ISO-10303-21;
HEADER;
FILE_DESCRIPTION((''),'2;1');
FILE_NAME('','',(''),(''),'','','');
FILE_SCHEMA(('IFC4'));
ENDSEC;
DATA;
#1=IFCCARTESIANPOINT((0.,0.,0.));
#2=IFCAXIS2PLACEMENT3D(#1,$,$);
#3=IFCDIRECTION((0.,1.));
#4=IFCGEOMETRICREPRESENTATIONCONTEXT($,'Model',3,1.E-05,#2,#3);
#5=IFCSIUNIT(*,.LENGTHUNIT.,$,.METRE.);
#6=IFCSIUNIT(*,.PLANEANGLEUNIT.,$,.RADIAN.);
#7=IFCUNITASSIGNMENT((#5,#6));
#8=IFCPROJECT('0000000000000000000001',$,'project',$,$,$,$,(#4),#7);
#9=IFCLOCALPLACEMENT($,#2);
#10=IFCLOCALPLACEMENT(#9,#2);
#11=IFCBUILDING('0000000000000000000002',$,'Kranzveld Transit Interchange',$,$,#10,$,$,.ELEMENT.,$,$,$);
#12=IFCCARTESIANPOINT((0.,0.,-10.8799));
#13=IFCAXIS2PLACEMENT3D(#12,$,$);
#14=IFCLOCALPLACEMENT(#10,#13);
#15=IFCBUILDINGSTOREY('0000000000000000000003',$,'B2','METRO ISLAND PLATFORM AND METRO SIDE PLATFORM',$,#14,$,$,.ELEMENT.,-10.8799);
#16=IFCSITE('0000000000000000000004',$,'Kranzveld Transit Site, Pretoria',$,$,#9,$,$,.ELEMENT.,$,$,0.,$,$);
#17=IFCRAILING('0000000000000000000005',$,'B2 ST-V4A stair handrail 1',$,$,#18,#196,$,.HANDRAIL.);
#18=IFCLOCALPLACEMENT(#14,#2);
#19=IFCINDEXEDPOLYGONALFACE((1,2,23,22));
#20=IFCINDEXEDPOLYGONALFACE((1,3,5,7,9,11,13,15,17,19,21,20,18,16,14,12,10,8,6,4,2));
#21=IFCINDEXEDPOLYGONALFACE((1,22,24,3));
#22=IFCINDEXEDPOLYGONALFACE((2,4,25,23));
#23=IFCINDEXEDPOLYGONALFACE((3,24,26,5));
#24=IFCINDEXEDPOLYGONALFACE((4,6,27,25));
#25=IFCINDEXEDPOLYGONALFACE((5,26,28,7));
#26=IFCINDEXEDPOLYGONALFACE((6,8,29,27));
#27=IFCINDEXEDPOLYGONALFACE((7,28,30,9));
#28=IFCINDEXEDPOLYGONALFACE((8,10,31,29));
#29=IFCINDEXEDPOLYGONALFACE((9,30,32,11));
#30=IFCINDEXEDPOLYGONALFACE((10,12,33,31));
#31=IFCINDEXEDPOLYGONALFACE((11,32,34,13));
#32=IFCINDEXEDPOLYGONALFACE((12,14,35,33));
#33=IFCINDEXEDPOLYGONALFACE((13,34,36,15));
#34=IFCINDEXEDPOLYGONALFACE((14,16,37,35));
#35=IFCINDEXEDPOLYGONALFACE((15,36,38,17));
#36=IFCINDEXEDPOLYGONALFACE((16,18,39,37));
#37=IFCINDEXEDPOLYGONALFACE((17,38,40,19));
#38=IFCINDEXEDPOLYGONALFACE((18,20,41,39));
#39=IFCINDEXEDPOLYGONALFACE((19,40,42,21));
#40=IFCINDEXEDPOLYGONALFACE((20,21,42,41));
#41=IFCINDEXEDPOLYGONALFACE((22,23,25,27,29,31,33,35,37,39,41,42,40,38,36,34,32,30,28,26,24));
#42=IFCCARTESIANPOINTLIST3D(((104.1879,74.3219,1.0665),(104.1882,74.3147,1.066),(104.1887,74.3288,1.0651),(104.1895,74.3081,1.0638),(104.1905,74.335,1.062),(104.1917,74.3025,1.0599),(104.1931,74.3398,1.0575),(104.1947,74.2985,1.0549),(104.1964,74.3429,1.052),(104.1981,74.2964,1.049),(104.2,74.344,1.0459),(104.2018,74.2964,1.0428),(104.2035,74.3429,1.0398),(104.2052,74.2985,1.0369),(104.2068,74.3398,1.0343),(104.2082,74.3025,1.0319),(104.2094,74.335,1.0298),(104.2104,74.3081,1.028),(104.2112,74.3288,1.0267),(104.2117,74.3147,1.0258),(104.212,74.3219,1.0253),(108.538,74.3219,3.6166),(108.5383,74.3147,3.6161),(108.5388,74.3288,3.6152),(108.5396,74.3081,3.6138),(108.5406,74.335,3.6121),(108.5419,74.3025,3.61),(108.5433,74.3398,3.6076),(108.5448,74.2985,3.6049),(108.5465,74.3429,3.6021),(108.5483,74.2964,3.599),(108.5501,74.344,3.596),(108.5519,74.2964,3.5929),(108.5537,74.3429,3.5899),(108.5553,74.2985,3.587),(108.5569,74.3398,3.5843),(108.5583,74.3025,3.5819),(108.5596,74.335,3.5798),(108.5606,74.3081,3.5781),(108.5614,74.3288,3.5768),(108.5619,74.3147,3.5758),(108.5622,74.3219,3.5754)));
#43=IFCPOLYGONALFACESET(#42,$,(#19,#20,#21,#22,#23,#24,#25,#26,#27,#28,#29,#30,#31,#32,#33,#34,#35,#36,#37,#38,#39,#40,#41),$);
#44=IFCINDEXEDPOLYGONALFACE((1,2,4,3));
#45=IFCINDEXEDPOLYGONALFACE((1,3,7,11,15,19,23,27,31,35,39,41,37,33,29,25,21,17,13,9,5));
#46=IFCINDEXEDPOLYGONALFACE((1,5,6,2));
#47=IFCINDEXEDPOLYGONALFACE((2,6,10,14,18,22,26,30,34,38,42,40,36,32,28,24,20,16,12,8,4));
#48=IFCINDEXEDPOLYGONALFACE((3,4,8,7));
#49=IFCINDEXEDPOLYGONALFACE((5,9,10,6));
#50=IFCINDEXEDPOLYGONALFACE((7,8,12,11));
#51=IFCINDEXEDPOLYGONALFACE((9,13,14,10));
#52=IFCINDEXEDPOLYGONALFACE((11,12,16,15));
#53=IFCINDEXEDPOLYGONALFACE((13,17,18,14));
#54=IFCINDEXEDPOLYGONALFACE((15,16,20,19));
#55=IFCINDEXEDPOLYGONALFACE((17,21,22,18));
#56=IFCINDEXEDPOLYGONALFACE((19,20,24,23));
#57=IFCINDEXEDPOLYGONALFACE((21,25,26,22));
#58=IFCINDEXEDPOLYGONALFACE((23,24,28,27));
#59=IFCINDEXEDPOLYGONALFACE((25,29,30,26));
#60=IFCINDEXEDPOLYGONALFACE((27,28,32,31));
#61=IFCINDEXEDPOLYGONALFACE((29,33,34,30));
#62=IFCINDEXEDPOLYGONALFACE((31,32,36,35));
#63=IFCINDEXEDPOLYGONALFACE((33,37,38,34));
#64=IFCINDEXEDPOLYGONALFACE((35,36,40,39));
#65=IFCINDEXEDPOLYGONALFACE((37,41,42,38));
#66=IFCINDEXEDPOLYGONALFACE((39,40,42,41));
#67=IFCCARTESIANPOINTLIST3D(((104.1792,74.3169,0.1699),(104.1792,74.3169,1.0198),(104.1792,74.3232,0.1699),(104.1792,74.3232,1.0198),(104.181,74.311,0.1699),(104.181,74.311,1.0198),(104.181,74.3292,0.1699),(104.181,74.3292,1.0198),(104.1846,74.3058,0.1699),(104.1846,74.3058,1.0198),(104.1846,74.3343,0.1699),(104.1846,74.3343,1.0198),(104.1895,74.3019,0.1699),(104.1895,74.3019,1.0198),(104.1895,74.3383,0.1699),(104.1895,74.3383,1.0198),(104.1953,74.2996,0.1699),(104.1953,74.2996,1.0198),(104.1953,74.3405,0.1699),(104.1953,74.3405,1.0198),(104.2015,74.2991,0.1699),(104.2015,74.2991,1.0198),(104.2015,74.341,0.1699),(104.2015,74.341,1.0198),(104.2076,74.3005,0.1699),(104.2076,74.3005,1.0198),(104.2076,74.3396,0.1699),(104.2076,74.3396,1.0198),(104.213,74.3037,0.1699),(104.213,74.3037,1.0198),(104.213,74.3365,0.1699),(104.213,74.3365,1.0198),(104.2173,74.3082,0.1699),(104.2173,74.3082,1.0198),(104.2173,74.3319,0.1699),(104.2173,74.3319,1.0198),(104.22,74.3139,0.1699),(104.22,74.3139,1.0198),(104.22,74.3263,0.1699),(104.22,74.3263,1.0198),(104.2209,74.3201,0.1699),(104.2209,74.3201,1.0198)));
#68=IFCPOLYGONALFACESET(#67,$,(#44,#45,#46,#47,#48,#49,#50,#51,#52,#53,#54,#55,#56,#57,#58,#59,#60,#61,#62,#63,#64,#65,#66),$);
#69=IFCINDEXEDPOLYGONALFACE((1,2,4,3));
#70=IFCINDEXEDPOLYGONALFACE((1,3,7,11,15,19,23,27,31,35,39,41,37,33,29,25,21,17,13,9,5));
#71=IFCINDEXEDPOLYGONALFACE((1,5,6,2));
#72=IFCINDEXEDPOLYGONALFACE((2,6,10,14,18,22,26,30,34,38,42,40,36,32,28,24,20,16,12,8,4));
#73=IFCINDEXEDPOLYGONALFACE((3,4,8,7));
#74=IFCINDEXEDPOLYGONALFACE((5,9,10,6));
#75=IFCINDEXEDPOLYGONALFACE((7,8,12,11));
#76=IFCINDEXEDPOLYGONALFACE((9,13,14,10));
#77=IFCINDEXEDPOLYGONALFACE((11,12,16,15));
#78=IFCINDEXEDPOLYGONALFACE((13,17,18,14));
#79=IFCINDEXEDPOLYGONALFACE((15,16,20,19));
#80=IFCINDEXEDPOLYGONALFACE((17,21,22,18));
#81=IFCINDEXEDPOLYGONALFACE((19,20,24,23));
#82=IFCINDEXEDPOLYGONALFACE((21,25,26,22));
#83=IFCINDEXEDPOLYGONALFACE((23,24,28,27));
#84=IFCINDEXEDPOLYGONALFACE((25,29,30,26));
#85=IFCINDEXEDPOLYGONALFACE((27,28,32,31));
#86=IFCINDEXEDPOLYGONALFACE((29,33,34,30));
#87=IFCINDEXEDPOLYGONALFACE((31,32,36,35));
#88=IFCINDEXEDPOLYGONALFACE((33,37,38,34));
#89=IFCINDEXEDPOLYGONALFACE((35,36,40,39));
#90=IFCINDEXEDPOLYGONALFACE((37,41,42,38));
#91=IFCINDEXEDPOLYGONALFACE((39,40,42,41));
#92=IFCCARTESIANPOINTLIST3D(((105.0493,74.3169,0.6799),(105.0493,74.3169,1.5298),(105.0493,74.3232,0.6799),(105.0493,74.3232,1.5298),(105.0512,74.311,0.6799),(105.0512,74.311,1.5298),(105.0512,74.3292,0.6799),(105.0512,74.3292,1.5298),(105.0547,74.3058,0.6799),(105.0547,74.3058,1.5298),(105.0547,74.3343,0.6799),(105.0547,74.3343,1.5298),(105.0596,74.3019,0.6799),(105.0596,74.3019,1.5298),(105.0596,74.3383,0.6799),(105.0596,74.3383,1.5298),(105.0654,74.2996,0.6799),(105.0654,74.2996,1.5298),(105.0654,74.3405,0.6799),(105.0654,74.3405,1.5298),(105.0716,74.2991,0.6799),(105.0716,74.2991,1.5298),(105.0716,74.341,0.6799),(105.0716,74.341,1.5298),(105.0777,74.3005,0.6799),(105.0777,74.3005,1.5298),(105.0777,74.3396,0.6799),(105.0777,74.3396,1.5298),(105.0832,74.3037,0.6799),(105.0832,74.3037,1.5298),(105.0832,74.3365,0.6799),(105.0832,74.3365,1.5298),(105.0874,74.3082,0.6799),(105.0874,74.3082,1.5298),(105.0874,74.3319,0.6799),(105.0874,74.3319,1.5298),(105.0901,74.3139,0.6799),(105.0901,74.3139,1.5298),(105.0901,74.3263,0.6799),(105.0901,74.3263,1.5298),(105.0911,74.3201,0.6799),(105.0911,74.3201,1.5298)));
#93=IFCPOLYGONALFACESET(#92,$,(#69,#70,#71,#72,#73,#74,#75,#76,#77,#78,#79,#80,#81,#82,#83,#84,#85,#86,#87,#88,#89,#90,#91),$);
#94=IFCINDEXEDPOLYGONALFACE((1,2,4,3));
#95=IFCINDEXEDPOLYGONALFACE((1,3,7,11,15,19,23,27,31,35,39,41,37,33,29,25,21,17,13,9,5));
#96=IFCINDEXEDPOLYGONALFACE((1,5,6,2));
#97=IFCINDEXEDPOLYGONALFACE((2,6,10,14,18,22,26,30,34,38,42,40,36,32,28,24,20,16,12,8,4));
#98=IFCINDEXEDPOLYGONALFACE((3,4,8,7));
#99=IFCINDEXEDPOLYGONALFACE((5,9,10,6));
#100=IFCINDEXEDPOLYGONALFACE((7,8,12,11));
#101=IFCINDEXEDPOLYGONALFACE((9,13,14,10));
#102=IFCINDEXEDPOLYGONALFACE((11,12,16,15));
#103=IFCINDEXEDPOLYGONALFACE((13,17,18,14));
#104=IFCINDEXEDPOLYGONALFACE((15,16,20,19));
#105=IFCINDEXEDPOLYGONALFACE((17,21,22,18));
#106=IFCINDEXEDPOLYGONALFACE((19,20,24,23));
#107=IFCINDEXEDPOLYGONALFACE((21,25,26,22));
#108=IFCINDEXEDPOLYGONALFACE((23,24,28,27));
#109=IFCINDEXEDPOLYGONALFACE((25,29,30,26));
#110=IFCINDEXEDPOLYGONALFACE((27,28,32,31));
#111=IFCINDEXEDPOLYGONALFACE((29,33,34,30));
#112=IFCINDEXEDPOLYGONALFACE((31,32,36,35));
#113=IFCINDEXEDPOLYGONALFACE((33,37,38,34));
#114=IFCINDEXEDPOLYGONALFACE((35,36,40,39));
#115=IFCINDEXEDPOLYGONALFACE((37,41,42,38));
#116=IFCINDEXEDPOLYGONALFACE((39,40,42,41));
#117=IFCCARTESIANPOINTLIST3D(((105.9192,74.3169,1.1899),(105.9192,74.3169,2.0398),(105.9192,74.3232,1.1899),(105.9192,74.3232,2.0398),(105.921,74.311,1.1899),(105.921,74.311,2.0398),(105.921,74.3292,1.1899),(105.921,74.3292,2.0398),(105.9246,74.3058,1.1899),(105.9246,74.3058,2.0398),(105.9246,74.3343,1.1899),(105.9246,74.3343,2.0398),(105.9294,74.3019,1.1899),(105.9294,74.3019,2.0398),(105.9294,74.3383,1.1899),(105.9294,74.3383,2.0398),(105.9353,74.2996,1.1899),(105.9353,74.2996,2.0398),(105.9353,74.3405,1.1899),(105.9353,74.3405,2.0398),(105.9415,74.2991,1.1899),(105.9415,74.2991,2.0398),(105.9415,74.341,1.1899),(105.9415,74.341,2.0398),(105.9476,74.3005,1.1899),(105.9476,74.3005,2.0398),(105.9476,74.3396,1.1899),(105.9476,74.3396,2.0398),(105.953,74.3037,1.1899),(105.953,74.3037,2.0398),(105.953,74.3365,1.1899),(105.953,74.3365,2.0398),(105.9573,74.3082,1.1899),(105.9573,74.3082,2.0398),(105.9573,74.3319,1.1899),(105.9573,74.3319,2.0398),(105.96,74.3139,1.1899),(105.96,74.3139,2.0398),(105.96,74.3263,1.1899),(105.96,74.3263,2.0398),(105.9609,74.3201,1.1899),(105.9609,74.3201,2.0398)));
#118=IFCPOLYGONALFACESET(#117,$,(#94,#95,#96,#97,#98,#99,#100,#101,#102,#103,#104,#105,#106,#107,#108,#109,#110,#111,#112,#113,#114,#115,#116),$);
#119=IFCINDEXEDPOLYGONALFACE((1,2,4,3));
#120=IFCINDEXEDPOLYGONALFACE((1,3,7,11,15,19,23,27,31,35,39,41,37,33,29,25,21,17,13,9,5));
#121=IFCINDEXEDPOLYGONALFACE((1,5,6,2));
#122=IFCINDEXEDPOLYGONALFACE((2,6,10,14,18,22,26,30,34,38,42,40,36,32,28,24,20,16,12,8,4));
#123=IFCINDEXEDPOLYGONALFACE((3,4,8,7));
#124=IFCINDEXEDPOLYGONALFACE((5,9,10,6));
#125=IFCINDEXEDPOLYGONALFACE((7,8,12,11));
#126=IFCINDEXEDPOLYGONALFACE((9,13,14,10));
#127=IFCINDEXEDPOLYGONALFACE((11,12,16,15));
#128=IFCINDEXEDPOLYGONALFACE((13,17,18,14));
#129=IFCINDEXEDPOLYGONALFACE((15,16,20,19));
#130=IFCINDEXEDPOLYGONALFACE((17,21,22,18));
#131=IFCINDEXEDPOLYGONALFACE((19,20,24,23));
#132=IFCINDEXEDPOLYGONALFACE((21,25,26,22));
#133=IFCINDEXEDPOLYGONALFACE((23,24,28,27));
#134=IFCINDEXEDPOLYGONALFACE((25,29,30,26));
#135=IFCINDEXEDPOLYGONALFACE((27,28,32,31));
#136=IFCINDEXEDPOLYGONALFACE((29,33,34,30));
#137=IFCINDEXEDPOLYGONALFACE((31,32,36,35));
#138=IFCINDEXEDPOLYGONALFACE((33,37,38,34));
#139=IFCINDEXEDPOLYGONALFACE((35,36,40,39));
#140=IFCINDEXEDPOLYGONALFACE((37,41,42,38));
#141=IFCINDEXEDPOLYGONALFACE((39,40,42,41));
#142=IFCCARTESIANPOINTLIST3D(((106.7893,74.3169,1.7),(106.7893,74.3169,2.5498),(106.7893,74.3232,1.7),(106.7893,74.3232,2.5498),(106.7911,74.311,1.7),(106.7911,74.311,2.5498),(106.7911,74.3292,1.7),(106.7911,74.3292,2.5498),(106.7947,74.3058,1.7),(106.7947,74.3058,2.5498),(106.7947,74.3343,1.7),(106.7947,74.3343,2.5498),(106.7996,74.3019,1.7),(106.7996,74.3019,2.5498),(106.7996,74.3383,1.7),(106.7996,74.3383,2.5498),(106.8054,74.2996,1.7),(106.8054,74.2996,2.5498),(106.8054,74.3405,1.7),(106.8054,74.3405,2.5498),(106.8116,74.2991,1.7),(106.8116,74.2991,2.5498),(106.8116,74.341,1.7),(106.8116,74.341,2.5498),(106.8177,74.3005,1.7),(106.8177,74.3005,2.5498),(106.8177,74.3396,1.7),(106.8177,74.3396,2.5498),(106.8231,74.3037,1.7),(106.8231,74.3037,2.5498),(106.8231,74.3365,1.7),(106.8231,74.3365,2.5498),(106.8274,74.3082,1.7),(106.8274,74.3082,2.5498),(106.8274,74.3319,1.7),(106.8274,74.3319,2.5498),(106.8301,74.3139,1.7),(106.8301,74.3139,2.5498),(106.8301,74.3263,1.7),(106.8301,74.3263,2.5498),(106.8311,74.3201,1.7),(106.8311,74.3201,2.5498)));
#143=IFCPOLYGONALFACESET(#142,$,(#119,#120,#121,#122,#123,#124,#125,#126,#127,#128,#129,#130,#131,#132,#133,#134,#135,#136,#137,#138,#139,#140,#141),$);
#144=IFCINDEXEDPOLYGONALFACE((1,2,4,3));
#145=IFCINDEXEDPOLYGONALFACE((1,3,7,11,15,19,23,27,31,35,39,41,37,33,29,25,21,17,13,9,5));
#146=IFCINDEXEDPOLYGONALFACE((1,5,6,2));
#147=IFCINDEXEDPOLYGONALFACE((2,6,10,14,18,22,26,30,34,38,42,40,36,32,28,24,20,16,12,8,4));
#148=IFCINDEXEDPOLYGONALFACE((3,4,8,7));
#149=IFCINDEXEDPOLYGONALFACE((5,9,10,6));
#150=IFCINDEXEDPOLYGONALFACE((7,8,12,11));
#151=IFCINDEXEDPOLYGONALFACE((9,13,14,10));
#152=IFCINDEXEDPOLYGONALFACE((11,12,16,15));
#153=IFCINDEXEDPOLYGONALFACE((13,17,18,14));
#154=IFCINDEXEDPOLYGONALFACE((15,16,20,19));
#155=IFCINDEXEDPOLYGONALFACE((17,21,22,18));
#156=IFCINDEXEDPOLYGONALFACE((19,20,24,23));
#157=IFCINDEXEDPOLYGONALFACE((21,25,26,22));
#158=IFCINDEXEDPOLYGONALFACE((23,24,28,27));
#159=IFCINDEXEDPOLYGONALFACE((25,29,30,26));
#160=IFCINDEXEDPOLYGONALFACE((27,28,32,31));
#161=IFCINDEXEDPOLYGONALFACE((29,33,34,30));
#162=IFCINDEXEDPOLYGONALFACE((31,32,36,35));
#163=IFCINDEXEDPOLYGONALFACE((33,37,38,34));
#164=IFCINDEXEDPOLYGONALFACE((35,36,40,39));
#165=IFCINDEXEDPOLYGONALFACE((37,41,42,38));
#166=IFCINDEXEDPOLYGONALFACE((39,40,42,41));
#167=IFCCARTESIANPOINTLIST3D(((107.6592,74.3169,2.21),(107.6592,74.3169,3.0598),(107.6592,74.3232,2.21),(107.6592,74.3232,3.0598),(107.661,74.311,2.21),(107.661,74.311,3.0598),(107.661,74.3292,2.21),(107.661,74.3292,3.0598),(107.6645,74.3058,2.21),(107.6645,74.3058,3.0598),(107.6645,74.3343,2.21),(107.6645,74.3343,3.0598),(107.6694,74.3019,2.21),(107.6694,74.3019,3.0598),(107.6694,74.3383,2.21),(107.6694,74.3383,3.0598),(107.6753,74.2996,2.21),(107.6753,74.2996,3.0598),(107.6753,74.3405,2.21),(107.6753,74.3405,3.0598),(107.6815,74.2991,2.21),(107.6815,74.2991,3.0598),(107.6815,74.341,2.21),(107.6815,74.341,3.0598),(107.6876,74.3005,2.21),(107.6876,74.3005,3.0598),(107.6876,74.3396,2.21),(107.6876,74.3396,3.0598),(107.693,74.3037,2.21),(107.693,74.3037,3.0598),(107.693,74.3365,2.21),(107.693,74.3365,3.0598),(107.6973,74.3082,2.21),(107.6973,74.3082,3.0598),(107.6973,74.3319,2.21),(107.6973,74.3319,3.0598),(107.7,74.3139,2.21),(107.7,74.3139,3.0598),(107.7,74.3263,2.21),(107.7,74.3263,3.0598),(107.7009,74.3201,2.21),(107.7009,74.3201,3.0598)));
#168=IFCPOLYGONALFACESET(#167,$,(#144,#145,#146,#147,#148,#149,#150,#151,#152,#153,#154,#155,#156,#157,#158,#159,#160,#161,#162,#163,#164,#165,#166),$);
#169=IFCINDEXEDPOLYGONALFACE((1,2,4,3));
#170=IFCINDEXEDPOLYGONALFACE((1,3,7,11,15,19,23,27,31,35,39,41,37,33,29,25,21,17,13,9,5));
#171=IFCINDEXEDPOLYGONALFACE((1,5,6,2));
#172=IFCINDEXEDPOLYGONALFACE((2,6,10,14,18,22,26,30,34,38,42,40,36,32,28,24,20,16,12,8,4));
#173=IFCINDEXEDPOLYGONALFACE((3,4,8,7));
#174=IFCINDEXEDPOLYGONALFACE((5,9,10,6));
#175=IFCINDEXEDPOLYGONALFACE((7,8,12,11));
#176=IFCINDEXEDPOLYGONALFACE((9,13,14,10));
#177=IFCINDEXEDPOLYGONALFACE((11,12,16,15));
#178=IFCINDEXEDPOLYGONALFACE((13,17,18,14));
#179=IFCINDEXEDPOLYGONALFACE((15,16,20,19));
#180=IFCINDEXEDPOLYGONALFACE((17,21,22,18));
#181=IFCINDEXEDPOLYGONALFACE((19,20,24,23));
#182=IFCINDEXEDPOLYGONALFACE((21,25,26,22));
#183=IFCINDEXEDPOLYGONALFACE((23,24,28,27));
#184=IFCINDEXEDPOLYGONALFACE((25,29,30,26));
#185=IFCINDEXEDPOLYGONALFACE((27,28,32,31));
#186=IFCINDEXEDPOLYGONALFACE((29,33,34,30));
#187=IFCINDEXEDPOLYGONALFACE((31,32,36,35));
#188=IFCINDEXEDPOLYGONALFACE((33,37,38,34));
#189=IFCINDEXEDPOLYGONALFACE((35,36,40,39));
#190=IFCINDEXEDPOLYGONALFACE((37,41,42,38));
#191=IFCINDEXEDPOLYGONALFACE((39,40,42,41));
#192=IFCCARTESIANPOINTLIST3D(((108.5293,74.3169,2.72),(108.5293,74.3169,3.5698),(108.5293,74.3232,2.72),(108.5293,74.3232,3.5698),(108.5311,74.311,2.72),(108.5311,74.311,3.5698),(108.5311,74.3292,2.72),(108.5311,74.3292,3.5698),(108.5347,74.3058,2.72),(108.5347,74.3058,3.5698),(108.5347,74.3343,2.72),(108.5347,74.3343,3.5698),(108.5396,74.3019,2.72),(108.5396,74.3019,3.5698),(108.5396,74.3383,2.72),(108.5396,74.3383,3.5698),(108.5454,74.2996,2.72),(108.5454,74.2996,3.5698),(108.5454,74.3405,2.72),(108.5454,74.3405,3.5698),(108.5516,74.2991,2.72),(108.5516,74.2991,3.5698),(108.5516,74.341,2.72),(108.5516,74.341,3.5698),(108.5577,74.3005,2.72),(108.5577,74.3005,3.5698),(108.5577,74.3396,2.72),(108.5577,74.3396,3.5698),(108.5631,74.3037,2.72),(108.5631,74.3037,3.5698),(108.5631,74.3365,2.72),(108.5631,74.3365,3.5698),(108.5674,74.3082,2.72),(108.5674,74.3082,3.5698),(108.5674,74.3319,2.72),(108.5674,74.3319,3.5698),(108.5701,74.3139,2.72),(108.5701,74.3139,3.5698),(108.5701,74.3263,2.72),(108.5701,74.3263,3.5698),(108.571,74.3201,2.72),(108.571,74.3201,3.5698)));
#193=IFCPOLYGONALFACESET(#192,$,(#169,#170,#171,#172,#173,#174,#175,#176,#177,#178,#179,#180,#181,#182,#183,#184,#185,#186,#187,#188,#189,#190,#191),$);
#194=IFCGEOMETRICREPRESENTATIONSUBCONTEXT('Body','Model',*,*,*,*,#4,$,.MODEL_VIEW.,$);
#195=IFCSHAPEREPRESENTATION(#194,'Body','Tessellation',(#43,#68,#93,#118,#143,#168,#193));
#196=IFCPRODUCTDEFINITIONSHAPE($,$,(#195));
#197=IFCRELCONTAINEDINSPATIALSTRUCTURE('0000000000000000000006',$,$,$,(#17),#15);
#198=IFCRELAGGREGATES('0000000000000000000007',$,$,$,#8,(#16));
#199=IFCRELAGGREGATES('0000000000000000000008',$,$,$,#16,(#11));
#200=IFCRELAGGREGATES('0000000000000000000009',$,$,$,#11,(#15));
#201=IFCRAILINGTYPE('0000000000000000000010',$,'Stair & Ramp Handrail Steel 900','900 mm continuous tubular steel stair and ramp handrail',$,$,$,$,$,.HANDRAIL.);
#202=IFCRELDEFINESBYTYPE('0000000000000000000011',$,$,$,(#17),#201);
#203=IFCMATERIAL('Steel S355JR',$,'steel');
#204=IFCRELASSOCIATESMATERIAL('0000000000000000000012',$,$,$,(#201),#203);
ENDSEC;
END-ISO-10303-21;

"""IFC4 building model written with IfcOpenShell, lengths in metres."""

from ifc_helpers import new_model, si_unit, direction, frame, origin, origin_2d, place, context, subcontext, project, spatial, circle, extrude, material, type_object, element, save


model = new_model("IFC4")

# Units and contexts
model_context = context("Model", 3, precision=1e-05, world=origin(), true_north=direction((0.0, 1.0)))
body_context = subcontext(model_context, "Body", "Model", "MODEL_VIEW")
ifc_project = project(units=[si_unit("LENGTHUNIT", "METRE"), si_unit("PLANEANGLEUNIT", "RADIAN")], contexts=[model_context])

# Site, building, storey
site_placement = place(None, origin())
site = spatial("IfcSite", under=ifc_project, at=site_placement, Name="Kranzveld Transit Site, Pretoria", CompositionType="ELEMENT", RefElevation=0.0)
building_placement = place(site_placement, origin())
building = spatial("IfcBuilding", under=site, at=building_placement, Name="Kranzveld Transit Interchange", CompositionType="ELEMENT")
storey_placement = place(building_placement, frame((0.0, 0.0, -10.8799)))
storey = spatial("IfcBuildingStorey", under=building, at=storey_placement, Name="B2", Description="METRO ISLAND PLATFORM AND METRO SIDE PLATFORM", CompositionType="ELEMENT", Elevation=-10.8799)

# Railing
ifc_material_1 = material(Name="Steel S355JR", Category="steel")
railing_type_1 = type_object("IfcRailingType", Name="Stair & Ramp Handrail Steel 900", Description="900 mm continuous tubular steel stair and ramp handrail", PredefinedType="HANDRAIL", material=ifc_material_1)
railing_1_placement = place(storey_placement, frame((104.2, 74.3201, 0.1699)))
element("IfcRailing", 1, at=railing_1_placement, inside=storey, type_object=railing_type_1, Name="B2 ST-V4A stair handrail 1", PredefinedType="HANDRAIL", context=body_context, shape_type="SweptSolid", body=[
    extrude(circle(Radius=0.0239, at=origin_2d()), frame((0.0, 0.0, 0.876), z_axis=(0.862699, 0.0, 0.505718), x_axis=(0.0, 1.0, 0.0)), (0.0, 0.0, 1.0), 5.0425),
    extrude(circle(Radius=0.021, at=origin_2d()), origin(), (0.0, 0.0, 1.0), 0.8499),
    extrude(circle(Radius=0.021, at=origin_2d()), frame((0.8701, 0.0, 0.51)), (0.0, 0.0, 1.0), 0.8499),
    extrude(circle(Radius=0.021, at=origin_2d()), frame((1.74, 0.0, 1.02)), (0.0, 0.0, 1.0), 0.8499),
    extrude(circle(Radius=0.021, at=origin_2d()), frame((2.6101, 0.0, 1.53)), (0.0, 0.0, 1.0), 0.8499),
    extrude(circle(Radius=0.021, at=origin_2d()), frame((3.48, 0.0, 2.04)), (0.0, 0.0, 1.0), 0.8499),
    extrude(circle(Radius=0.021, at=origin_2d()), frame((4.3501, 0.0, 2.55)), (0.0, 0.0, 1.0), 0.8499),
])

save(model, "model.ifc")
